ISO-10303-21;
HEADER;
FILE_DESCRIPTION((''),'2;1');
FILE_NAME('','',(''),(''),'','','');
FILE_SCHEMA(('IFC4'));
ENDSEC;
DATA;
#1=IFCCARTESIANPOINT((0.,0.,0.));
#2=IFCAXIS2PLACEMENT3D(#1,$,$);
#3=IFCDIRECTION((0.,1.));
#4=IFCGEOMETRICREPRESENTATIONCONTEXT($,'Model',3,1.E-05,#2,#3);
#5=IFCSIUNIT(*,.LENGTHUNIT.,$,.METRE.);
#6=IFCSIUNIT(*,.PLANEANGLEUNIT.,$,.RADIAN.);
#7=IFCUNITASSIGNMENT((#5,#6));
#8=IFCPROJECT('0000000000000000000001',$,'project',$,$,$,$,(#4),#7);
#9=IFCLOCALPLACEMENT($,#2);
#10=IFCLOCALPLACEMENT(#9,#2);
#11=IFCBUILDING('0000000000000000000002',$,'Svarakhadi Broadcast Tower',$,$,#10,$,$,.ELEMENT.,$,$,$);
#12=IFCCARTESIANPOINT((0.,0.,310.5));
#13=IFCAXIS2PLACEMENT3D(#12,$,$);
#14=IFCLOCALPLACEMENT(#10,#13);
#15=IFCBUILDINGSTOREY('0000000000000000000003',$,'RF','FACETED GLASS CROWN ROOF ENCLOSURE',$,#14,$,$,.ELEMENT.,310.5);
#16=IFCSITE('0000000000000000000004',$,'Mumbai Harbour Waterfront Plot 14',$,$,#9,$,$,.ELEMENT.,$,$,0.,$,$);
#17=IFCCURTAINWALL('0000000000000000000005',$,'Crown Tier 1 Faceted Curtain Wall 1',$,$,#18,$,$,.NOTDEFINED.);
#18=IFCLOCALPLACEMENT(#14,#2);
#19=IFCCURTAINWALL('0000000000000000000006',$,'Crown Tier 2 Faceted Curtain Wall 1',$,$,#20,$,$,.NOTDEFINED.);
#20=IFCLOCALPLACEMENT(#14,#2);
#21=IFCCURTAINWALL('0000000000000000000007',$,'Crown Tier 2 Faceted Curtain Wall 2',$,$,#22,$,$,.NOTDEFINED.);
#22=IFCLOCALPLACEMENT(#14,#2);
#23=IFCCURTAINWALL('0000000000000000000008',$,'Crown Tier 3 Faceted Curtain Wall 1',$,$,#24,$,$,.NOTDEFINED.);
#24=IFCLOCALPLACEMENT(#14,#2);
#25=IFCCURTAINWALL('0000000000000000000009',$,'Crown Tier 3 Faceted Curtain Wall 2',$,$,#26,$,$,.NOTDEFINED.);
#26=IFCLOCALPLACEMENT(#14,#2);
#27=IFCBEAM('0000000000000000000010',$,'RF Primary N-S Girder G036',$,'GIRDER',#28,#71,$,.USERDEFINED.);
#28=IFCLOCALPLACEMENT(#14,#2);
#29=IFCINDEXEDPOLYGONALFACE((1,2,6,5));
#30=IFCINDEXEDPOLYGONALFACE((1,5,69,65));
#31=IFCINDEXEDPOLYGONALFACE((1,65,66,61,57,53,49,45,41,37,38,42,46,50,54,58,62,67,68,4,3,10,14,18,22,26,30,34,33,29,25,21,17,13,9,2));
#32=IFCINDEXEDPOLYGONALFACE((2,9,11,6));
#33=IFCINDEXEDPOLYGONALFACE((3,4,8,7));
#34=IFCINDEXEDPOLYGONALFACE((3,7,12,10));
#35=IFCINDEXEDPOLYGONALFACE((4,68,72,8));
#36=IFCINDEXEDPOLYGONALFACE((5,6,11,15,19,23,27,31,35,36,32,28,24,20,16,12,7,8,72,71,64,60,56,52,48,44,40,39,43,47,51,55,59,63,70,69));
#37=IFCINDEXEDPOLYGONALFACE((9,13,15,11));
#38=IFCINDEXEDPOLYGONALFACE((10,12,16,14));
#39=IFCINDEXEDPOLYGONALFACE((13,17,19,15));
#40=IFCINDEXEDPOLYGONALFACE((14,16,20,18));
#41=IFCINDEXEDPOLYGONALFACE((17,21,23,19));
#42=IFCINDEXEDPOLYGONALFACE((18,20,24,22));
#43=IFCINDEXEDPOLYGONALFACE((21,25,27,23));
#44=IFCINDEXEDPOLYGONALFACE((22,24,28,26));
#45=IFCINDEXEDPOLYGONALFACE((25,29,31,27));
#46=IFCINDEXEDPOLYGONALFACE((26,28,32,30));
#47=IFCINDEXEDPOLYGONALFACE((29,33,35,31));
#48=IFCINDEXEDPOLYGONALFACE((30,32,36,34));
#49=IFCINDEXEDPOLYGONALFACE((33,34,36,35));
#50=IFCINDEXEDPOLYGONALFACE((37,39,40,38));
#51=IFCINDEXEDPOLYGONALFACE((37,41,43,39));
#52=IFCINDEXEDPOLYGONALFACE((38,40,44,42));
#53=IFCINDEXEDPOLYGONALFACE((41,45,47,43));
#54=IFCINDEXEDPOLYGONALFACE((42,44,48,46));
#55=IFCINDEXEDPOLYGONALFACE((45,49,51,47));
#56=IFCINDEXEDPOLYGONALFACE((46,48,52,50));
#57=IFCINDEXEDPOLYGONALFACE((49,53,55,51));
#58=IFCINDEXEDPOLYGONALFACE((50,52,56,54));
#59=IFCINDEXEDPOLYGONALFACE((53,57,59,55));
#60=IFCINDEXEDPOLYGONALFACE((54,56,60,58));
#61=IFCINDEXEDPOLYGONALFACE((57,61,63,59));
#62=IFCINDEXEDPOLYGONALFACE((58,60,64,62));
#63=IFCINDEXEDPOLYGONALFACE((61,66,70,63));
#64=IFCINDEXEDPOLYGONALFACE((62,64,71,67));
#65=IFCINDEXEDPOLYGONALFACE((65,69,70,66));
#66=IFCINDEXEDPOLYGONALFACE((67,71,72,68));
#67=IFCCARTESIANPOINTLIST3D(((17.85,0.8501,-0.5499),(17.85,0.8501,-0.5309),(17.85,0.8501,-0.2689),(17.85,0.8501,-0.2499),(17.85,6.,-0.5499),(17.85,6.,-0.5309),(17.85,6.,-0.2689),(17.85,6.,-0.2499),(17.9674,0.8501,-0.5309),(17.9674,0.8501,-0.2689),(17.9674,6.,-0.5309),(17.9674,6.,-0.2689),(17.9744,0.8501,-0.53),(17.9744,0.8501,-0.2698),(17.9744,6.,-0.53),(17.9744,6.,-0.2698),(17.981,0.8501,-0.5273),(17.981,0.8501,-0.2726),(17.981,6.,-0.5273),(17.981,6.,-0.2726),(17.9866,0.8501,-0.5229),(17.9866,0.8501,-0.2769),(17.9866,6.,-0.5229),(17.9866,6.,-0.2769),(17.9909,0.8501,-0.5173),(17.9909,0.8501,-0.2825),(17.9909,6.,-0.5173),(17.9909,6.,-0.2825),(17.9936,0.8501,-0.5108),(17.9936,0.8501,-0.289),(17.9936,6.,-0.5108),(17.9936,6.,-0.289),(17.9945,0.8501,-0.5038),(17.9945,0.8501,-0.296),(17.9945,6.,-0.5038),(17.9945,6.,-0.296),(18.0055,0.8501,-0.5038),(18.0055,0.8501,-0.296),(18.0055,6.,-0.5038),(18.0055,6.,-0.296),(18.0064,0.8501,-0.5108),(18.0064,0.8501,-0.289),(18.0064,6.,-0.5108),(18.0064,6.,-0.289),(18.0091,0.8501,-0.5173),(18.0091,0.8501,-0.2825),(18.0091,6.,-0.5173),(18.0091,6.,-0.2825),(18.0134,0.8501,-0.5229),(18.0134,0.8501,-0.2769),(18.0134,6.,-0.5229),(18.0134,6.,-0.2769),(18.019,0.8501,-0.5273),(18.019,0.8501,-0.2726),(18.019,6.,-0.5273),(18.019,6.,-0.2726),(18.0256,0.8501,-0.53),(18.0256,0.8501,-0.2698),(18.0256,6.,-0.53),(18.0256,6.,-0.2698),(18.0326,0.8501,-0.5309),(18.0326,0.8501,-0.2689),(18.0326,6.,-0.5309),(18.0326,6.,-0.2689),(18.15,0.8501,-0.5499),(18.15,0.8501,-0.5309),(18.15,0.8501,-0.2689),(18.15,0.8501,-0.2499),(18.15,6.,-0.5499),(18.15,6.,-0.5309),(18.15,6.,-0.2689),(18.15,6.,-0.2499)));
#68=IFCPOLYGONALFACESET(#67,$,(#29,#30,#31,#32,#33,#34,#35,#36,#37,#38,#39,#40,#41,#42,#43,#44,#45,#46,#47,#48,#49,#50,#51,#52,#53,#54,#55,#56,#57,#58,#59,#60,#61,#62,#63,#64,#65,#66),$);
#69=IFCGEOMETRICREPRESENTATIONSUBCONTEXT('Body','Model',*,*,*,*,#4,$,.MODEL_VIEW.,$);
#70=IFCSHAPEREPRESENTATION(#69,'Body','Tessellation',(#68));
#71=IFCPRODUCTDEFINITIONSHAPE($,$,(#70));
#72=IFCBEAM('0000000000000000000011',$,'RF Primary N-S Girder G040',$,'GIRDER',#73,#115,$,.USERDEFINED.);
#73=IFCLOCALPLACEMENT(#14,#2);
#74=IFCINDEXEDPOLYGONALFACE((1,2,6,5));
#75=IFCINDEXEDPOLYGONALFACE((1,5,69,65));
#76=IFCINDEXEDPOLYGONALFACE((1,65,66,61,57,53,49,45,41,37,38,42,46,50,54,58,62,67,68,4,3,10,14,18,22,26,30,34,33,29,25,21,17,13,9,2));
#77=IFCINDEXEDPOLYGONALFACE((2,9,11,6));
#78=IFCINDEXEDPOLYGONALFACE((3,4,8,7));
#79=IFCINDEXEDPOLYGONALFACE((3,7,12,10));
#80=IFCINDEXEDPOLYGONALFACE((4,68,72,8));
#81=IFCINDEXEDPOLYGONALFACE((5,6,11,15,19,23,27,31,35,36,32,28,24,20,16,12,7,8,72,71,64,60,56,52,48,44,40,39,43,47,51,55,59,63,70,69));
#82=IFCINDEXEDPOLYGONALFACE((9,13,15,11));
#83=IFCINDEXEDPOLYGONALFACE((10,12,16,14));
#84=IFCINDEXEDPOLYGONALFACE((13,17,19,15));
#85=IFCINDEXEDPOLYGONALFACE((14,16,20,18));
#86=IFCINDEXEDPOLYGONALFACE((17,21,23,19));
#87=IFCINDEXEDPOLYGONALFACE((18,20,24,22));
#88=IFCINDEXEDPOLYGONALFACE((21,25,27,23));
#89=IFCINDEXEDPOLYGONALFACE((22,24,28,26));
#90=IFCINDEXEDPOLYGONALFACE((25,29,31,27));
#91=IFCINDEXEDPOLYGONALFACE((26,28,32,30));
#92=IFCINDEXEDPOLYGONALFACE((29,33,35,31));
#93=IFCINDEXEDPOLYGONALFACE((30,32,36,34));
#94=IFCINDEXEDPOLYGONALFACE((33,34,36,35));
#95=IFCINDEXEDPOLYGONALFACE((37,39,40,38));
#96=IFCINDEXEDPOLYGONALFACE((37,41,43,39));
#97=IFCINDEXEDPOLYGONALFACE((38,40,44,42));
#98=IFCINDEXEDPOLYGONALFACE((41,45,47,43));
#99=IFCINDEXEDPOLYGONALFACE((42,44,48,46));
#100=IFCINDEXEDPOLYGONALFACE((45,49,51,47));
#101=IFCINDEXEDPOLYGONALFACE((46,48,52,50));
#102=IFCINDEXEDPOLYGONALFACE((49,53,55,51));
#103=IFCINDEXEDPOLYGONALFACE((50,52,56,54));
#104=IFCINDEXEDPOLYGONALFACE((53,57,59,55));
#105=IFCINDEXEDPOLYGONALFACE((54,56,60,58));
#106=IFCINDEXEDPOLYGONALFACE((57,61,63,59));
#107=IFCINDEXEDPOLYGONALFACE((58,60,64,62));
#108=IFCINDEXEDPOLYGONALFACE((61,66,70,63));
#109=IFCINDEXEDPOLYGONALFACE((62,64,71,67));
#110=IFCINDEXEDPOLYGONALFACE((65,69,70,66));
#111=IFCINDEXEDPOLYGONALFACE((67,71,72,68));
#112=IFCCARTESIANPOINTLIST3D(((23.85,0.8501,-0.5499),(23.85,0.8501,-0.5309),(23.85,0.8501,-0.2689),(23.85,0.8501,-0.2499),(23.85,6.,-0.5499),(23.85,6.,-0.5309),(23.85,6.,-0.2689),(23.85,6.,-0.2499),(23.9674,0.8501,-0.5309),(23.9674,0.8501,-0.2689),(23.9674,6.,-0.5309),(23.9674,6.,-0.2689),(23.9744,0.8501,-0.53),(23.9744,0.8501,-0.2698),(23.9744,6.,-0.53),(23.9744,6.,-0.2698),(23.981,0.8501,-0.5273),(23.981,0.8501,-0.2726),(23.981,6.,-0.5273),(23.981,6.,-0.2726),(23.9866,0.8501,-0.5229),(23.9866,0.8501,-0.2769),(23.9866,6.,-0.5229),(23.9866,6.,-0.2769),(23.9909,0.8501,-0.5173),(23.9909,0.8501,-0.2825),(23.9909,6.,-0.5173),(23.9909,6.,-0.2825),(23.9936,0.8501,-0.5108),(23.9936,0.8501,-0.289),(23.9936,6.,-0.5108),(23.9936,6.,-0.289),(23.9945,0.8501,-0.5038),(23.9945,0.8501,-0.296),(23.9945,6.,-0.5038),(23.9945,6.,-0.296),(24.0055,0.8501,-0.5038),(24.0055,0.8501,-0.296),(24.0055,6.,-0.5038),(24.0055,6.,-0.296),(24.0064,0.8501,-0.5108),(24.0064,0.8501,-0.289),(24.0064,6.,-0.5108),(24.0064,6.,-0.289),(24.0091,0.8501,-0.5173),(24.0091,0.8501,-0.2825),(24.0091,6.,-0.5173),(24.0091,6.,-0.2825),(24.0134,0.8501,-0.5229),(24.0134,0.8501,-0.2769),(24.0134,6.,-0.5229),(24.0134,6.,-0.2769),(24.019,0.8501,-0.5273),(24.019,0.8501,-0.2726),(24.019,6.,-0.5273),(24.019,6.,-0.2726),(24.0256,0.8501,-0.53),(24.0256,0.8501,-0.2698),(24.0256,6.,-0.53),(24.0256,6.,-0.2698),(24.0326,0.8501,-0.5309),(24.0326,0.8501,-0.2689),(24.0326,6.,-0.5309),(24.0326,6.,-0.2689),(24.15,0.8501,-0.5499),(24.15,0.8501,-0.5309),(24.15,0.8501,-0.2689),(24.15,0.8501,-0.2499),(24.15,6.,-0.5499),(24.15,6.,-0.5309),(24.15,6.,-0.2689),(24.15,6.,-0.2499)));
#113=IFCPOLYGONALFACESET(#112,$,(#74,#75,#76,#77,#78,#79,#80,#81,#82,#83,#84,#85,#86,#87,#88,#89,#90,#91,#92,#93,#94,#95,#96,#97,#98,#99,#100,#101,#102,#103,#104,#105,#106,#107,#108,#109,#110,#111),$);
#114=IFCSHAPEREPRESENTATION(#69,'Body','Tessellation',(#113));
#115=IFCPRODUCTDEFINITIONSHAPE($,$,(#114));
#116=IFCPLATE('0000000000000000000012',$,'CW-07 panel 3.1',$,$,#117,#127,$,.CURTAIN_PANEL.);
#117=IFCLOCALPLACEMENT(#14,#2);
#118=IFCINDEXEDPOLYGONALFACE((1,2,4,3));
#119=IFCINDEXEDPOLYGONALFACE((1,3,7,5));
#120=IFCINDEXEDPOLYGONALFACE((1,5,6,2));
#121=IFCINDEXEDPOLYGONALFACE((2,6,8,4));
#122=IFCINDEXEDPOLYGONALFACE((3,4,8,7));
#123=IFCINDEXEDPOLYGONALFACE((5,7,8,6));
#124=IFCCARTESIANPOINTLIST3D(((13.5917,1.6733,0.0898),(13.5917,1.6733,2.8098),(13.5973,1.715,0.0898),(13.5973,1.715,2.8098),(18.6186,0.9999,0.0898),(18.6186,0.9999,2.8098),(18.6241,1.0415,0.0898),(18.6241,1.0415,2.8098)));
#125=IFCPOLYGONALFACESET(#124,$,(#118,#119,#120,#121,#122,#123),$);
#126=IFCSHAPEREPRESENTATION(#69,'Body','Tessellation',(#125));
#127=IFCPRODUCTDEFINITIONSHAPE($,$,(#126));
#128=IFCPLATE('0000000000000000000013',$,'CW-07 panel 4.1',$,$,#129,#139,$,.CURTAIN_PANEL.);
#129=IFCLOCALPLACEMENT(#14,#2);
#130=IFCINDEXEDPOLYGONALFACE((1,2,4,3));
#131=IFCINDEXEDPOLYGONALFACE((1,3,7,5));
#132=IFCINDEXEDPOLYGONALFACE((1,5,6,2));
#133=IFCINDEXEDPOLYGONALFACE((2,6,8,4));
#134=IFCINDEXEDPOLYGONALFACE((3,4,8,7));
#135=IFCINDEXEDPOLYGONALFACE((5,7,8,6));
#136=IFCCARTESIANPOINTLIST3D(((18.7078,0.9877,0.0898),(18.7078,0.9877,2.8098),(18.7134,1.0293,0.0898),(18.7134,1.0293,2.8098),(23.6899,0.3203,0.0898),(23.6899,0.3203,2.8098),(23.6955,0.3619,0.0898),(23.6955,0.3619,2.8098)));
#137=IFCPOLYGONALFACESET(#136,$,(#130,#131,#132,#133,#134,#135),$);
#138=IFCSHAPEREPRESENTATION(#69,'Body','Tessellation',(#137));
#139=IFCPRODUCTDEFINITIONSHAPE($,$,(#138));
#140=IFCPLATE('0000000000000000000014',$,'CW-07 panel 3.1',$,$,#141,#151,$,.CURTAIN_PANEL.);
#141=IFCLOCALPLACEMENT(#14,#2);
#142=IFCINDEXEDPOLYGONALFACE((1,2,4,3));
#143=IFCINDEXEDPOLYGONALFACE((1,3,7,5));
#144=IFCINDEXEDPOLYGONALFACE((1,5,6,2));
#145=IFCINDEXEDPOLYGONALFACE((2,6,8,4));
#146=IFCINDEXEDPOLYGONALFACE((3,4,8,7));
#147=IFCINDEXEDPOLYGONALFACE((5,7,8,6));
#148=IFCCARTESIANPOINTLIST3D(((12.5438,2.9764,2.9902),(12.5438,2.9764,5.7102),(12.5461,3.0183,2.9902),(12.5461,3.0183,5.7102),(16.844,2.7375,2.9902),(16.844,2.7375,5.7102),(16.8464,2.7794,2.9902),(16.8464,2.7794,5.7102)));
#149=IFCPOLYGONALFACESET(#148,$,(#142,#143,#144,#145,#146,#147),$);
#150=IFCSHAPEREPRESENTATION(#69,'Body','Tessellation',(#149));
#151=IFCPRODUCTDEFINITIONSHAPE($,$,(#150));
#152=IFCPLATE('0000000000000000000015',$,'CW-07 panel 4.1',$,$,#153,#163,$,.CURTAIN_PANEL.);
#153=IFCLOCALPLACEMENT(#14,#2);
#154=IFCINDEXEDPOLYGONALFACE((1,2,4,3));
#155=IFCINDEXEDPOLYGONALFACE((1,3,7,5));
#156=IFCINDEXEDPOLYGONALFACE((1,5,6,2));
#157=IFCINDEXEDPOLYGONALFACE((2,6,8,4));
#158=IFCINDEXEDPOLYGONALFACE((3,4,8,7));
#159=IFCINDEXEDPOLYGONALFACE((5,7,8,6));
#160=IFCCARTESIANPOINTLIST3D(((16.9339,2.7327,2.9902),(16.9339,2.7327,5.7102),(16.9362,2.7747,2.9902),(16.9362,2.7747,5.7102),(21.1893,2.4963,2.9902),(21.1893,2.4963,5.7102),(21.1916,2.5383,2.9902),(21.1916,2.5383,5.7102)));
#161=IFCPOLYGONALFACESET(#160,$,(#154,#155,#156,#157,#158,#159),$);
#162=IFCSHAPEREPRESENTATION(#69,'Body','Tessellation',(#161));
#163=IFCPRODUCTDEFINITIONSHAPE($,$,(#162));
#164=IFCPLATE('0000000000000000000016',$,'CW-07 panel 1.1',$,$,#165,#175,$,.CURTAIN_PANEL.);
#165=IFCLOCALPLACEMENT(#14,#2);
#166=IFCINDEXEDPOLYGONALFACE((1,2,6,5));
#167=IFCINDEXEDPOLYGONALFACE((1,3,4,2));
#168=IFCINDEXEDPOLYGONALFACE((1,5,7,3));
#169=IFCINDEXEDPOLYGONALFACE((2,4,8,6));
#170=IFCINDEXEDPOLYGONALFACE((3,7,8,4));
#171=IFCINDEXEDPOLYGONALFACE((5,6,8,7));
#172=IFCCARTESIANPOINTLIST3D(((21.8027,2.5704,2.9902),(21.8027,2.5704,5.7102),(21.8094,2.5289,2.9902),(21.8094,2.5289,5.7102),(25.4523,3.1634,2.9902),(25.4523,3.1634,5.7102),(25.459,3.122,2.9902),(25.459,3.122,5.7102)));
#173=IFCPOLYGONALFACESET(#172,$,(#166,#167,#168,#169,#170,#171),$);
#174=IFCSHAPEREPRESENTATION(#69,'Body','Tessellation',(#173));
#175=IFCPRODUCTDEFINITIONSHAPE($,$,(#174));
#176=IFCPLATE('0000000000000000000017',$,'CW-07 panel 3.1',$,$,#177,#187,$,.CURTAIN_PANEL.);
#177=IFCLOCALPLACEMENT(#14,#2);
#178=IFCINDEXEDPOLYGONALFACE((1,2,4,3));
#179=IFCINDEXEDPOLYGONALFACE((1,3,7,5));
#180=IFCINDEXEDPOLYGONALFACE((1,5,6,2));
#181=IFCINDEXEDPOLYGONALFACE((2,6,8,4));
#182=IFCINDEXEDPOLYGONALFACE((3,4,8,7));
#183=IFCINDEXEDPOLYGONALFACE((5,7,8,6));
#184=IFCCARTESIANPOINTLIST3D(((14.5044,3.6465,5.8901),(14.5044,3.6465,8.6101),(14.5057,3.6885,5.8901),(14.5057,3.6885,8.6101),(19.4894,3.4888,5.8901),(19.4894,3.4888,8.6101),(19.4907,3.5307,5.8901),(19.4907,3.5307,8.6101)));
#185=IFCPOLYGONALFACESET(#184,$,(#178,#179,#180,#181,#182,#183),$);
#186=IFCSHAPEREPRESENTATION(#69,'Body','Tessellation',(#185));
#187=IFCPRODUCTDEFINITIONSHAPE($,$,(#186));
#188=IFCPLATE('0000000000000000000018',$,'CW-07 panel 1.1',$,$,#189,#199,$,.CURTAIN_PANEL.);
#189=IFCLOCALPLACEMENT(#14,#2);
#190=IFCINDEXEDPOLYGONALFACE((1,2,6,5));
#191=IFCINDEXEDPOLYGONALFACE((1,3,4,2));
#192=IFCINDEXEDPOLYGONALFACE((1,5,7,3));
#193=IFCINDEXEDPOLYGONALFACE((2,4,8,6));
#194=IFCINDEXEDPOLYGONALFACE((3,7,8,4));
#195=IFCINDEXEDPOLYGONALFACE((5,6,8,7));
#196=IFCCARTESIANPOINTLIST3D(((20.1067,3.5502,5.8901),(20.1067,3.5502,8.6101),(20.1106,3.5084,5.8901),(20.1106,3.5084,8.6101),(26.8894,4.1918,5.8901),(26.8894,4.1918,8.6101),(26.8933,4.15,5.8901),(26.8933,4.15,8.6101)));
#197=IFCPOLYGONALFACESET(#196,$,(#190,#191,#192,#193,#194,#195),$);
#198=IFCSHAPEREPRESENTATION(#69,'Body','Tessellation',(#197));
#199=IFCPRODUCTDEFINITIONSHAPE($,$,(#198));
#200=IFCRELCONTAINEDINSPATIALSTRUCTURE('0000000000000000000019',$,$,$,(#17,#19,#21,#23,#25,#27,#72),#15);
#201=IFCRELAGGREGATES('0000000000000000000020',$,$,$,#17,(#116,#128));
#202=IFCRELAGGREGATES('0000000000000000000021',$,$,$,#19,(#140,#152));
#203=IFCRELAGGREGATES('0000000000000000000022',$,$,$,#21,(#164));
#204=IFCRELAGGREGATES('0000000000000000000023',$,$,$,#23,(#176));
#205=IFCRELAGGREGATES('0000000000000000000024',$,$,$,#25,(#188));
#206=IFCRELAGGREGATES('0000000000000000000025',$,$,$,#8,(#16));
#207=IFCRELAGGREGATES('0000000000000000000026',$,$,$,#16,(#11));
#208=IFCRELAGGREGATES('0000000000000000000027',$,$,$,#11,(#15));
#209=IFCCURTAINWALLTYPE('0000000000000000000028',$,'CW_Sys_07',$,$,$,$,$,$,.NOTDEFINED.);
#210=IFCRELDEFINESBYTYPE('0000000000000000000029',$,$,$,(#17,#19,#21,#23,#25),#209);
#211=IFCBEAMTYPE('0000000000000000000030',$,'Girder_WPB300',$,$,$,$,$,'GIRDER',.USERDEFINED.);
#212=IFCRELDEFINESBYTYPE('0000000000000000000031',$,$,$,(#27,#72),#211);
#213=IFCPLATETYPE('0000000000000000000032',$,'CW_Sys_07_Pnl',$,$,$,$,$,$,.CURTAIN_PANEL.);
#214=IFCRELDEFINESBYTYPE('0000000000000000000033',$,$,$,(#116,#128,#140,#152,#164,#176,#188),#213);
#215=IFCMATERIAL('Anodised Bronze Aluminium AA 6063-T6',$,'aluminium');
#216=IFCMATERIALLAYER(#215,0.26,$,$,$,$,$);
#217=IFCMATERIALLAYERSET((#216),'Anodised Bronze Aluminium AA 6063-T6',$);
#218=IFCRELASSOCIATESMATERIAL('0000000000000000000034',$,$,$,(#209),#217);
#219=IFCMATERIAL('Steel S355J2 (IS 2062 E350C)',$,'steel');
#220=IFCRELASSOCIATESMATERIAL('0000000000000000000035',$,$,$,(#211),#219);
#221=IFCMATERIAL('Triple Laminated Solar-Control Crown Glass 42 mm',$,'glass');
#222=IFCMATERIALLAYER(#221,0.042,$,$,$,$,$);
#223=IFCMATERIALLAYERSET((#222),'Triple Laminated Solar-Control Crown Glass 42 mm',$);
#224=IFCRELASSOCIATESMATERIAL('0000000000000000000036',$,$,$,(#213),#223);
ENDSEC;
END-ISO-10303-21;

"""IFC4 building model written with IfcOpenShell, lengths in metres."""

from ifc_helpers import new_model, si_unit, direction, frame, origin, origin_2d, place, context, subcontext, project, spatial, rectangle, i_section, extrude, material, layer, layer_set, material_profile, profile_set, type_object, element, aggregate, save


model = new_model("IFC4")

# Units and contexts
model_context = context("Model", 3, precision=1e-05, world=origin(), true_north=direction((0.0, 1.0)))
body_context = subcontext(model_context, "Body", "Model", "MODEL_VIEW")
ifc_project = project(units=[si_unit("LENGTHUNIT", "METRE"), si_unit("PLANEANGLEUNIT", "RADIAN")], contexts=[model_context])

# Site, building, storey
site_placement = place(None, origin())
site = spatial("IfcSite", under=ifc_project, at=site_placement, Name="Mumbai Harbour Waterfront Plot 14", CompositionType="ELEMENT", RefElevation=0.0)
building_placement = place(site_placement, origin())
building = spatial("IfcBuilding", under=site, at=building_placement, Name="Svarakhadi Broadcast Tower", CompositionType="ELEMENT")
storey_placement = place(building_placement, frame((0.0, 0.0, 310.5)))
storey = spatial("IfcBuildingStorey", under=building, at=storey_placement, Name="RF", Description="FACETED GLASS CROWN ROOF ENCLOSURE", CompositionType="ELEMENT", Elevation=310.5)

# Shared definitions
ifc_material_1 = material(Name="Steel S355J2 (IS 2062 E350C)", Category="steel")

# Curtain walls
ifc_material_2 = material(Name="Anodised Bronze Aluminium AA 6063-T6", Category="aluminium")
ifc_layer_1 = layer(ifc_material_2, 0.26)
ifc_layer_set_1 = layer_set([ifc_layer_1], Name="Anodised Bronze Aluminium AA 6063-T6")
curtain_wall_type = type_object("IfcCurtainWallType", Name="CW_Sys_07", PredefinedType="NOTDEFINED", material=ifc_layer_set_1)
curtain_wall_1_placement = place(storey_placement, origin())
curtain_wall_1 = element("IfcCurtainWall", 1, at=curtain_wall_1_placement, inside=storey, type_object=curtain_wall_type, Name="Crown Tier 1 Faceted Curtain Wall 1", PredefinedType="NOTDEFINED")
curtain_wall_2_placement = place(storey_placement, origin())
curtain_wall_2 = element("IfcCurtainWall", 2, at=curtain_wall_2_placement, inside=storey, type_object=curtain_wall_type, Name="Crown Tier 2 Faceted Curtain Wall 1", PredefinedType="NOTDEFINED")

# Curtain wall
curtain_wall_3_placement = place(storey_placement, origin())
curtain_wall_3 = element("IfcCurtainWall", 3, at=curtain_wall_3_placement, inside=storey, type_object=curtain_wall_type, Name="Crown Tier 2 Faceted Curtain Wall 2", PredefinedType="NOTDEFINED")

# Curtain wall
curtain_wall_4_placement = place(storey_placement, origin())
curtain_wall_4 = element("IfcCurtainWall", 4, at=curtain_wall_4_placement, inside=storey, type_object=curtain_wall_type, Name="Crown Tier 3 Faceted Curtain Wall 1", PredefinedType="NOTDEFINED")

# Curtain wall
curtain_wall_5_placement = place(storey_placement, origin())
curtain_wall_5 = element("IfcCurtainWall", 5, at=curtain_wall_5_placement, inside=storey, type_object=curtain_wall_type, Name="Crown Tier 3 Faceted Curtain Wall 2", PredefinedType="NOTDEFINED")

# Beams
ifc_material_profile_1 = material_profile(ifc_material_1, i_section(OverallWidth=0.3, OverallDepth=0.3, WebThickness=0.011, FlangeThickness=0.019, FilletRadius=0.0271, at=origin_2d()), Name="WPB 300x300x117")
ifc_profile_set_1 = profile_set([ifc_material_profile_1], Name="Steel S355J2 (IS 2062 E350C)")
beam_type_1 = type_object("IfcBeamType", Name="Girder_WPB300", ElementType="GIRDER", PredefinedType="USERDEFINED", material=ifc_profile_set_1)
for number, where, z_axis, x_axis, name in (
    (6, (18.0, 0.8501, -0.3999), (0.0, 1.0, 0.0), (-1.0, 0.0, 0.0), "RF Primary N-S Girder G036"),
    (7, (24.0, 0.8501, -0.3999), (0.0, 1.0, 0.0), (-1.0, 0.0, 0.0), "RF Primary N-S Girder G040"),
):
    element("IfcBeam", number, at=place(storey_placement, frame(where, z_axis=z_axis, x_axis=x_axis)), inside=storey, type_object=beam_type_1, Name=name, ObjectType="GIRDER", PredefinedType="USERDEFINED", context=body_context, shape_type="SweptSolid", body=[
        extrude(i_section(OverallWidth=0.3, OverallDepth=0.3, WebThickness=0.011, FlangeThickness=0.019, FilletRadius=0.0271, at=origin_2d()), origin(), (0.0, 0.0, 1.0), 5.1499),
    ])

# Plates
ifc_material_3 = material(Name="Triple Laminated Solar-Control Crown Glass 42 mm", Category="glass")
ifc_layer_2 = layer(ifc_material_3, 0.042)
ifc_layer_set_2 = layer_set([ifc_layer_2], Name="Triple Laminated Solar-Control Crown Glass 42 mm")
plate_type_1 = type_object("IfcPlateType", Name="CW_Sys_07_Pnl", PredefinedType="CURTAIN_PANEL", material=ifc_layer_set_2)
plate_1_placement = place(storey_placement, frame((16.1079, 1.3574, 0.0898), z_axis=(0.0, 0.0, 1.0), x_axis=(0.991145, -0.132787, 0.0)))
plate_1 = element("IfcPlate", 8, at=plate_1_placement, type_object=plate_type_1, Name="CW-07 panel 3.1", PredefinedType="CURTAIN_PANEL", context=body_context, shape_type="SweptSolid", body=[
    extrude(rectangle(XDim=5.0718, YDim=0.042, at=origin_2d()), origin(), (0.0, 0.0, 1.0), 2.72),
])
plate_2_placement = place(storey_placement, frame((21.2017, 0.6748, 0.0898), z_axis=(0.0, 0.0, 1.0), x_axis=(0.991145, -0.132787, 0.0)))
plate_2 = element("IfcPlate", 9, at=plate_2_placement, type_object=plate_type_1, Name="CW-07 panel 4.1", PredefinedType="CURTAIN_PANEL", context=body_context, shape_type="SweptSolid", body=[
    extrude(rectangle(XDim=5.0266, YDim=0.042, at=origin_2d()), origin(), (0.0, 0.0, 1.0), 2.72),
])
aggregate(curtain_wall_1, [plate_1, plate_2])
plate_3_placement = place(storey_placement, frame((14.6951, 2.8779, 2.9902), z_axis=(0.0, 0.0, 1.0), x_axis=(0.99846, -0.055471, 0.0)))
plate_3 = element("IfcPlate", 10, at=plate_3_placement, type_object=plate_type_1, Name="CW-07 panel 3.1", PredefinedType="CURTAIN_PANEL", context=body_context, shape_type="SweptSolid", body=[
    extrude(rectangle(XDim=4.3069, YDim=0.042, at=origin_2d()), origin(), (0.0, 0.0, 1.0), 2.72),
])
plate_4_placement = place(storey_placement, frame((19.0627, 2.6355, 2.9902), z_axis=(0.0, 0.0, 1.0), x_axis=(0.99846, -0.055471, 0.0)))
plate_4 = element("IfcPlate", 11, at=plate_4_placement, type_object=plate_type_1, Name="CW-07 panel 4.1", PredefinedType="CURTAIN_PANEL", context=body_context, shape_type="SweptSolid", body=[
    extrude(rectangle(XDim=4.262, YDim=0.042, at=origin_2d()), origin(), (0.0, 0.0, 1.0), 2.72),
])
aggregate(curtain_wall_2, [plate_3, plate_4])
plate_5_placement = place(storey_placement, frame((23.6309, 2.8462, 2.9902), z_axis=(0.0, 0.0, 1.0), x_axis=(0.987053, 0.160395, 0.0)))
plate_5 = element("IfcPlate", 12, at=plate_5_placement, type_object=plate_type_1, Name="CW-07 panel 1.1", PredefinedType="CURTAIN_PANEL", context=body_context, shape_type="SweptSolid", body=[
    extrude(rectangle(XDim=3.6975, YDim=0.042, at=origin_2d()), origin(), (0.0, 0.0, 1.0), 2.72),
])
aggregate(curtain_wall_3, [plate_5])
plate_6_placement = place(storey_placement, frame((16.9976, 3.5886, 5.8901), z_axis=(0.0, 0.0, 1.0), x_axis=(0.9995, -0.031624, 0.0)))
plate_6 = element("IfcPlate", 13, at=plate_6_placement, type_object=plate_type_1, Name="CW-07 panel 3.1", PredefinedType="CURTAIN_PANEL", context=body_context, shape_type="SweptSolid", body=[
    extrude(rectangle(XDim=4.9875, YDim=0.042, at=origin_2d()), origin(), (0.0, 0.0, 1.0), 2.72),
])
aggregate(curtain_wall_4, [plate_6])
plate_7_placement = place(storey_placement, frame((23.5, 3.8501, 5.8901), z_axis=(0.0, 0.0, 1.0), x_axis=(0.995555, 0.094179, 0.0)))
plate_7 = element("IfcPlate", 14, at=plate_7_placement, type_object=plate_type_1, Name="CW-07 panel 1.1", PredefinedType="CURTAIN_PANEL", context=body_context, shape_type="SweptSolid", body=[
    extrude(rectangle(XDim=6.813, YDim=0.042, at=origin_2d()), origin(), (0.0, 0.0, 1.0), 2.72),
])
aggregate(curtain_wall_5, [plate_7])

save(model, "model.ifc")
